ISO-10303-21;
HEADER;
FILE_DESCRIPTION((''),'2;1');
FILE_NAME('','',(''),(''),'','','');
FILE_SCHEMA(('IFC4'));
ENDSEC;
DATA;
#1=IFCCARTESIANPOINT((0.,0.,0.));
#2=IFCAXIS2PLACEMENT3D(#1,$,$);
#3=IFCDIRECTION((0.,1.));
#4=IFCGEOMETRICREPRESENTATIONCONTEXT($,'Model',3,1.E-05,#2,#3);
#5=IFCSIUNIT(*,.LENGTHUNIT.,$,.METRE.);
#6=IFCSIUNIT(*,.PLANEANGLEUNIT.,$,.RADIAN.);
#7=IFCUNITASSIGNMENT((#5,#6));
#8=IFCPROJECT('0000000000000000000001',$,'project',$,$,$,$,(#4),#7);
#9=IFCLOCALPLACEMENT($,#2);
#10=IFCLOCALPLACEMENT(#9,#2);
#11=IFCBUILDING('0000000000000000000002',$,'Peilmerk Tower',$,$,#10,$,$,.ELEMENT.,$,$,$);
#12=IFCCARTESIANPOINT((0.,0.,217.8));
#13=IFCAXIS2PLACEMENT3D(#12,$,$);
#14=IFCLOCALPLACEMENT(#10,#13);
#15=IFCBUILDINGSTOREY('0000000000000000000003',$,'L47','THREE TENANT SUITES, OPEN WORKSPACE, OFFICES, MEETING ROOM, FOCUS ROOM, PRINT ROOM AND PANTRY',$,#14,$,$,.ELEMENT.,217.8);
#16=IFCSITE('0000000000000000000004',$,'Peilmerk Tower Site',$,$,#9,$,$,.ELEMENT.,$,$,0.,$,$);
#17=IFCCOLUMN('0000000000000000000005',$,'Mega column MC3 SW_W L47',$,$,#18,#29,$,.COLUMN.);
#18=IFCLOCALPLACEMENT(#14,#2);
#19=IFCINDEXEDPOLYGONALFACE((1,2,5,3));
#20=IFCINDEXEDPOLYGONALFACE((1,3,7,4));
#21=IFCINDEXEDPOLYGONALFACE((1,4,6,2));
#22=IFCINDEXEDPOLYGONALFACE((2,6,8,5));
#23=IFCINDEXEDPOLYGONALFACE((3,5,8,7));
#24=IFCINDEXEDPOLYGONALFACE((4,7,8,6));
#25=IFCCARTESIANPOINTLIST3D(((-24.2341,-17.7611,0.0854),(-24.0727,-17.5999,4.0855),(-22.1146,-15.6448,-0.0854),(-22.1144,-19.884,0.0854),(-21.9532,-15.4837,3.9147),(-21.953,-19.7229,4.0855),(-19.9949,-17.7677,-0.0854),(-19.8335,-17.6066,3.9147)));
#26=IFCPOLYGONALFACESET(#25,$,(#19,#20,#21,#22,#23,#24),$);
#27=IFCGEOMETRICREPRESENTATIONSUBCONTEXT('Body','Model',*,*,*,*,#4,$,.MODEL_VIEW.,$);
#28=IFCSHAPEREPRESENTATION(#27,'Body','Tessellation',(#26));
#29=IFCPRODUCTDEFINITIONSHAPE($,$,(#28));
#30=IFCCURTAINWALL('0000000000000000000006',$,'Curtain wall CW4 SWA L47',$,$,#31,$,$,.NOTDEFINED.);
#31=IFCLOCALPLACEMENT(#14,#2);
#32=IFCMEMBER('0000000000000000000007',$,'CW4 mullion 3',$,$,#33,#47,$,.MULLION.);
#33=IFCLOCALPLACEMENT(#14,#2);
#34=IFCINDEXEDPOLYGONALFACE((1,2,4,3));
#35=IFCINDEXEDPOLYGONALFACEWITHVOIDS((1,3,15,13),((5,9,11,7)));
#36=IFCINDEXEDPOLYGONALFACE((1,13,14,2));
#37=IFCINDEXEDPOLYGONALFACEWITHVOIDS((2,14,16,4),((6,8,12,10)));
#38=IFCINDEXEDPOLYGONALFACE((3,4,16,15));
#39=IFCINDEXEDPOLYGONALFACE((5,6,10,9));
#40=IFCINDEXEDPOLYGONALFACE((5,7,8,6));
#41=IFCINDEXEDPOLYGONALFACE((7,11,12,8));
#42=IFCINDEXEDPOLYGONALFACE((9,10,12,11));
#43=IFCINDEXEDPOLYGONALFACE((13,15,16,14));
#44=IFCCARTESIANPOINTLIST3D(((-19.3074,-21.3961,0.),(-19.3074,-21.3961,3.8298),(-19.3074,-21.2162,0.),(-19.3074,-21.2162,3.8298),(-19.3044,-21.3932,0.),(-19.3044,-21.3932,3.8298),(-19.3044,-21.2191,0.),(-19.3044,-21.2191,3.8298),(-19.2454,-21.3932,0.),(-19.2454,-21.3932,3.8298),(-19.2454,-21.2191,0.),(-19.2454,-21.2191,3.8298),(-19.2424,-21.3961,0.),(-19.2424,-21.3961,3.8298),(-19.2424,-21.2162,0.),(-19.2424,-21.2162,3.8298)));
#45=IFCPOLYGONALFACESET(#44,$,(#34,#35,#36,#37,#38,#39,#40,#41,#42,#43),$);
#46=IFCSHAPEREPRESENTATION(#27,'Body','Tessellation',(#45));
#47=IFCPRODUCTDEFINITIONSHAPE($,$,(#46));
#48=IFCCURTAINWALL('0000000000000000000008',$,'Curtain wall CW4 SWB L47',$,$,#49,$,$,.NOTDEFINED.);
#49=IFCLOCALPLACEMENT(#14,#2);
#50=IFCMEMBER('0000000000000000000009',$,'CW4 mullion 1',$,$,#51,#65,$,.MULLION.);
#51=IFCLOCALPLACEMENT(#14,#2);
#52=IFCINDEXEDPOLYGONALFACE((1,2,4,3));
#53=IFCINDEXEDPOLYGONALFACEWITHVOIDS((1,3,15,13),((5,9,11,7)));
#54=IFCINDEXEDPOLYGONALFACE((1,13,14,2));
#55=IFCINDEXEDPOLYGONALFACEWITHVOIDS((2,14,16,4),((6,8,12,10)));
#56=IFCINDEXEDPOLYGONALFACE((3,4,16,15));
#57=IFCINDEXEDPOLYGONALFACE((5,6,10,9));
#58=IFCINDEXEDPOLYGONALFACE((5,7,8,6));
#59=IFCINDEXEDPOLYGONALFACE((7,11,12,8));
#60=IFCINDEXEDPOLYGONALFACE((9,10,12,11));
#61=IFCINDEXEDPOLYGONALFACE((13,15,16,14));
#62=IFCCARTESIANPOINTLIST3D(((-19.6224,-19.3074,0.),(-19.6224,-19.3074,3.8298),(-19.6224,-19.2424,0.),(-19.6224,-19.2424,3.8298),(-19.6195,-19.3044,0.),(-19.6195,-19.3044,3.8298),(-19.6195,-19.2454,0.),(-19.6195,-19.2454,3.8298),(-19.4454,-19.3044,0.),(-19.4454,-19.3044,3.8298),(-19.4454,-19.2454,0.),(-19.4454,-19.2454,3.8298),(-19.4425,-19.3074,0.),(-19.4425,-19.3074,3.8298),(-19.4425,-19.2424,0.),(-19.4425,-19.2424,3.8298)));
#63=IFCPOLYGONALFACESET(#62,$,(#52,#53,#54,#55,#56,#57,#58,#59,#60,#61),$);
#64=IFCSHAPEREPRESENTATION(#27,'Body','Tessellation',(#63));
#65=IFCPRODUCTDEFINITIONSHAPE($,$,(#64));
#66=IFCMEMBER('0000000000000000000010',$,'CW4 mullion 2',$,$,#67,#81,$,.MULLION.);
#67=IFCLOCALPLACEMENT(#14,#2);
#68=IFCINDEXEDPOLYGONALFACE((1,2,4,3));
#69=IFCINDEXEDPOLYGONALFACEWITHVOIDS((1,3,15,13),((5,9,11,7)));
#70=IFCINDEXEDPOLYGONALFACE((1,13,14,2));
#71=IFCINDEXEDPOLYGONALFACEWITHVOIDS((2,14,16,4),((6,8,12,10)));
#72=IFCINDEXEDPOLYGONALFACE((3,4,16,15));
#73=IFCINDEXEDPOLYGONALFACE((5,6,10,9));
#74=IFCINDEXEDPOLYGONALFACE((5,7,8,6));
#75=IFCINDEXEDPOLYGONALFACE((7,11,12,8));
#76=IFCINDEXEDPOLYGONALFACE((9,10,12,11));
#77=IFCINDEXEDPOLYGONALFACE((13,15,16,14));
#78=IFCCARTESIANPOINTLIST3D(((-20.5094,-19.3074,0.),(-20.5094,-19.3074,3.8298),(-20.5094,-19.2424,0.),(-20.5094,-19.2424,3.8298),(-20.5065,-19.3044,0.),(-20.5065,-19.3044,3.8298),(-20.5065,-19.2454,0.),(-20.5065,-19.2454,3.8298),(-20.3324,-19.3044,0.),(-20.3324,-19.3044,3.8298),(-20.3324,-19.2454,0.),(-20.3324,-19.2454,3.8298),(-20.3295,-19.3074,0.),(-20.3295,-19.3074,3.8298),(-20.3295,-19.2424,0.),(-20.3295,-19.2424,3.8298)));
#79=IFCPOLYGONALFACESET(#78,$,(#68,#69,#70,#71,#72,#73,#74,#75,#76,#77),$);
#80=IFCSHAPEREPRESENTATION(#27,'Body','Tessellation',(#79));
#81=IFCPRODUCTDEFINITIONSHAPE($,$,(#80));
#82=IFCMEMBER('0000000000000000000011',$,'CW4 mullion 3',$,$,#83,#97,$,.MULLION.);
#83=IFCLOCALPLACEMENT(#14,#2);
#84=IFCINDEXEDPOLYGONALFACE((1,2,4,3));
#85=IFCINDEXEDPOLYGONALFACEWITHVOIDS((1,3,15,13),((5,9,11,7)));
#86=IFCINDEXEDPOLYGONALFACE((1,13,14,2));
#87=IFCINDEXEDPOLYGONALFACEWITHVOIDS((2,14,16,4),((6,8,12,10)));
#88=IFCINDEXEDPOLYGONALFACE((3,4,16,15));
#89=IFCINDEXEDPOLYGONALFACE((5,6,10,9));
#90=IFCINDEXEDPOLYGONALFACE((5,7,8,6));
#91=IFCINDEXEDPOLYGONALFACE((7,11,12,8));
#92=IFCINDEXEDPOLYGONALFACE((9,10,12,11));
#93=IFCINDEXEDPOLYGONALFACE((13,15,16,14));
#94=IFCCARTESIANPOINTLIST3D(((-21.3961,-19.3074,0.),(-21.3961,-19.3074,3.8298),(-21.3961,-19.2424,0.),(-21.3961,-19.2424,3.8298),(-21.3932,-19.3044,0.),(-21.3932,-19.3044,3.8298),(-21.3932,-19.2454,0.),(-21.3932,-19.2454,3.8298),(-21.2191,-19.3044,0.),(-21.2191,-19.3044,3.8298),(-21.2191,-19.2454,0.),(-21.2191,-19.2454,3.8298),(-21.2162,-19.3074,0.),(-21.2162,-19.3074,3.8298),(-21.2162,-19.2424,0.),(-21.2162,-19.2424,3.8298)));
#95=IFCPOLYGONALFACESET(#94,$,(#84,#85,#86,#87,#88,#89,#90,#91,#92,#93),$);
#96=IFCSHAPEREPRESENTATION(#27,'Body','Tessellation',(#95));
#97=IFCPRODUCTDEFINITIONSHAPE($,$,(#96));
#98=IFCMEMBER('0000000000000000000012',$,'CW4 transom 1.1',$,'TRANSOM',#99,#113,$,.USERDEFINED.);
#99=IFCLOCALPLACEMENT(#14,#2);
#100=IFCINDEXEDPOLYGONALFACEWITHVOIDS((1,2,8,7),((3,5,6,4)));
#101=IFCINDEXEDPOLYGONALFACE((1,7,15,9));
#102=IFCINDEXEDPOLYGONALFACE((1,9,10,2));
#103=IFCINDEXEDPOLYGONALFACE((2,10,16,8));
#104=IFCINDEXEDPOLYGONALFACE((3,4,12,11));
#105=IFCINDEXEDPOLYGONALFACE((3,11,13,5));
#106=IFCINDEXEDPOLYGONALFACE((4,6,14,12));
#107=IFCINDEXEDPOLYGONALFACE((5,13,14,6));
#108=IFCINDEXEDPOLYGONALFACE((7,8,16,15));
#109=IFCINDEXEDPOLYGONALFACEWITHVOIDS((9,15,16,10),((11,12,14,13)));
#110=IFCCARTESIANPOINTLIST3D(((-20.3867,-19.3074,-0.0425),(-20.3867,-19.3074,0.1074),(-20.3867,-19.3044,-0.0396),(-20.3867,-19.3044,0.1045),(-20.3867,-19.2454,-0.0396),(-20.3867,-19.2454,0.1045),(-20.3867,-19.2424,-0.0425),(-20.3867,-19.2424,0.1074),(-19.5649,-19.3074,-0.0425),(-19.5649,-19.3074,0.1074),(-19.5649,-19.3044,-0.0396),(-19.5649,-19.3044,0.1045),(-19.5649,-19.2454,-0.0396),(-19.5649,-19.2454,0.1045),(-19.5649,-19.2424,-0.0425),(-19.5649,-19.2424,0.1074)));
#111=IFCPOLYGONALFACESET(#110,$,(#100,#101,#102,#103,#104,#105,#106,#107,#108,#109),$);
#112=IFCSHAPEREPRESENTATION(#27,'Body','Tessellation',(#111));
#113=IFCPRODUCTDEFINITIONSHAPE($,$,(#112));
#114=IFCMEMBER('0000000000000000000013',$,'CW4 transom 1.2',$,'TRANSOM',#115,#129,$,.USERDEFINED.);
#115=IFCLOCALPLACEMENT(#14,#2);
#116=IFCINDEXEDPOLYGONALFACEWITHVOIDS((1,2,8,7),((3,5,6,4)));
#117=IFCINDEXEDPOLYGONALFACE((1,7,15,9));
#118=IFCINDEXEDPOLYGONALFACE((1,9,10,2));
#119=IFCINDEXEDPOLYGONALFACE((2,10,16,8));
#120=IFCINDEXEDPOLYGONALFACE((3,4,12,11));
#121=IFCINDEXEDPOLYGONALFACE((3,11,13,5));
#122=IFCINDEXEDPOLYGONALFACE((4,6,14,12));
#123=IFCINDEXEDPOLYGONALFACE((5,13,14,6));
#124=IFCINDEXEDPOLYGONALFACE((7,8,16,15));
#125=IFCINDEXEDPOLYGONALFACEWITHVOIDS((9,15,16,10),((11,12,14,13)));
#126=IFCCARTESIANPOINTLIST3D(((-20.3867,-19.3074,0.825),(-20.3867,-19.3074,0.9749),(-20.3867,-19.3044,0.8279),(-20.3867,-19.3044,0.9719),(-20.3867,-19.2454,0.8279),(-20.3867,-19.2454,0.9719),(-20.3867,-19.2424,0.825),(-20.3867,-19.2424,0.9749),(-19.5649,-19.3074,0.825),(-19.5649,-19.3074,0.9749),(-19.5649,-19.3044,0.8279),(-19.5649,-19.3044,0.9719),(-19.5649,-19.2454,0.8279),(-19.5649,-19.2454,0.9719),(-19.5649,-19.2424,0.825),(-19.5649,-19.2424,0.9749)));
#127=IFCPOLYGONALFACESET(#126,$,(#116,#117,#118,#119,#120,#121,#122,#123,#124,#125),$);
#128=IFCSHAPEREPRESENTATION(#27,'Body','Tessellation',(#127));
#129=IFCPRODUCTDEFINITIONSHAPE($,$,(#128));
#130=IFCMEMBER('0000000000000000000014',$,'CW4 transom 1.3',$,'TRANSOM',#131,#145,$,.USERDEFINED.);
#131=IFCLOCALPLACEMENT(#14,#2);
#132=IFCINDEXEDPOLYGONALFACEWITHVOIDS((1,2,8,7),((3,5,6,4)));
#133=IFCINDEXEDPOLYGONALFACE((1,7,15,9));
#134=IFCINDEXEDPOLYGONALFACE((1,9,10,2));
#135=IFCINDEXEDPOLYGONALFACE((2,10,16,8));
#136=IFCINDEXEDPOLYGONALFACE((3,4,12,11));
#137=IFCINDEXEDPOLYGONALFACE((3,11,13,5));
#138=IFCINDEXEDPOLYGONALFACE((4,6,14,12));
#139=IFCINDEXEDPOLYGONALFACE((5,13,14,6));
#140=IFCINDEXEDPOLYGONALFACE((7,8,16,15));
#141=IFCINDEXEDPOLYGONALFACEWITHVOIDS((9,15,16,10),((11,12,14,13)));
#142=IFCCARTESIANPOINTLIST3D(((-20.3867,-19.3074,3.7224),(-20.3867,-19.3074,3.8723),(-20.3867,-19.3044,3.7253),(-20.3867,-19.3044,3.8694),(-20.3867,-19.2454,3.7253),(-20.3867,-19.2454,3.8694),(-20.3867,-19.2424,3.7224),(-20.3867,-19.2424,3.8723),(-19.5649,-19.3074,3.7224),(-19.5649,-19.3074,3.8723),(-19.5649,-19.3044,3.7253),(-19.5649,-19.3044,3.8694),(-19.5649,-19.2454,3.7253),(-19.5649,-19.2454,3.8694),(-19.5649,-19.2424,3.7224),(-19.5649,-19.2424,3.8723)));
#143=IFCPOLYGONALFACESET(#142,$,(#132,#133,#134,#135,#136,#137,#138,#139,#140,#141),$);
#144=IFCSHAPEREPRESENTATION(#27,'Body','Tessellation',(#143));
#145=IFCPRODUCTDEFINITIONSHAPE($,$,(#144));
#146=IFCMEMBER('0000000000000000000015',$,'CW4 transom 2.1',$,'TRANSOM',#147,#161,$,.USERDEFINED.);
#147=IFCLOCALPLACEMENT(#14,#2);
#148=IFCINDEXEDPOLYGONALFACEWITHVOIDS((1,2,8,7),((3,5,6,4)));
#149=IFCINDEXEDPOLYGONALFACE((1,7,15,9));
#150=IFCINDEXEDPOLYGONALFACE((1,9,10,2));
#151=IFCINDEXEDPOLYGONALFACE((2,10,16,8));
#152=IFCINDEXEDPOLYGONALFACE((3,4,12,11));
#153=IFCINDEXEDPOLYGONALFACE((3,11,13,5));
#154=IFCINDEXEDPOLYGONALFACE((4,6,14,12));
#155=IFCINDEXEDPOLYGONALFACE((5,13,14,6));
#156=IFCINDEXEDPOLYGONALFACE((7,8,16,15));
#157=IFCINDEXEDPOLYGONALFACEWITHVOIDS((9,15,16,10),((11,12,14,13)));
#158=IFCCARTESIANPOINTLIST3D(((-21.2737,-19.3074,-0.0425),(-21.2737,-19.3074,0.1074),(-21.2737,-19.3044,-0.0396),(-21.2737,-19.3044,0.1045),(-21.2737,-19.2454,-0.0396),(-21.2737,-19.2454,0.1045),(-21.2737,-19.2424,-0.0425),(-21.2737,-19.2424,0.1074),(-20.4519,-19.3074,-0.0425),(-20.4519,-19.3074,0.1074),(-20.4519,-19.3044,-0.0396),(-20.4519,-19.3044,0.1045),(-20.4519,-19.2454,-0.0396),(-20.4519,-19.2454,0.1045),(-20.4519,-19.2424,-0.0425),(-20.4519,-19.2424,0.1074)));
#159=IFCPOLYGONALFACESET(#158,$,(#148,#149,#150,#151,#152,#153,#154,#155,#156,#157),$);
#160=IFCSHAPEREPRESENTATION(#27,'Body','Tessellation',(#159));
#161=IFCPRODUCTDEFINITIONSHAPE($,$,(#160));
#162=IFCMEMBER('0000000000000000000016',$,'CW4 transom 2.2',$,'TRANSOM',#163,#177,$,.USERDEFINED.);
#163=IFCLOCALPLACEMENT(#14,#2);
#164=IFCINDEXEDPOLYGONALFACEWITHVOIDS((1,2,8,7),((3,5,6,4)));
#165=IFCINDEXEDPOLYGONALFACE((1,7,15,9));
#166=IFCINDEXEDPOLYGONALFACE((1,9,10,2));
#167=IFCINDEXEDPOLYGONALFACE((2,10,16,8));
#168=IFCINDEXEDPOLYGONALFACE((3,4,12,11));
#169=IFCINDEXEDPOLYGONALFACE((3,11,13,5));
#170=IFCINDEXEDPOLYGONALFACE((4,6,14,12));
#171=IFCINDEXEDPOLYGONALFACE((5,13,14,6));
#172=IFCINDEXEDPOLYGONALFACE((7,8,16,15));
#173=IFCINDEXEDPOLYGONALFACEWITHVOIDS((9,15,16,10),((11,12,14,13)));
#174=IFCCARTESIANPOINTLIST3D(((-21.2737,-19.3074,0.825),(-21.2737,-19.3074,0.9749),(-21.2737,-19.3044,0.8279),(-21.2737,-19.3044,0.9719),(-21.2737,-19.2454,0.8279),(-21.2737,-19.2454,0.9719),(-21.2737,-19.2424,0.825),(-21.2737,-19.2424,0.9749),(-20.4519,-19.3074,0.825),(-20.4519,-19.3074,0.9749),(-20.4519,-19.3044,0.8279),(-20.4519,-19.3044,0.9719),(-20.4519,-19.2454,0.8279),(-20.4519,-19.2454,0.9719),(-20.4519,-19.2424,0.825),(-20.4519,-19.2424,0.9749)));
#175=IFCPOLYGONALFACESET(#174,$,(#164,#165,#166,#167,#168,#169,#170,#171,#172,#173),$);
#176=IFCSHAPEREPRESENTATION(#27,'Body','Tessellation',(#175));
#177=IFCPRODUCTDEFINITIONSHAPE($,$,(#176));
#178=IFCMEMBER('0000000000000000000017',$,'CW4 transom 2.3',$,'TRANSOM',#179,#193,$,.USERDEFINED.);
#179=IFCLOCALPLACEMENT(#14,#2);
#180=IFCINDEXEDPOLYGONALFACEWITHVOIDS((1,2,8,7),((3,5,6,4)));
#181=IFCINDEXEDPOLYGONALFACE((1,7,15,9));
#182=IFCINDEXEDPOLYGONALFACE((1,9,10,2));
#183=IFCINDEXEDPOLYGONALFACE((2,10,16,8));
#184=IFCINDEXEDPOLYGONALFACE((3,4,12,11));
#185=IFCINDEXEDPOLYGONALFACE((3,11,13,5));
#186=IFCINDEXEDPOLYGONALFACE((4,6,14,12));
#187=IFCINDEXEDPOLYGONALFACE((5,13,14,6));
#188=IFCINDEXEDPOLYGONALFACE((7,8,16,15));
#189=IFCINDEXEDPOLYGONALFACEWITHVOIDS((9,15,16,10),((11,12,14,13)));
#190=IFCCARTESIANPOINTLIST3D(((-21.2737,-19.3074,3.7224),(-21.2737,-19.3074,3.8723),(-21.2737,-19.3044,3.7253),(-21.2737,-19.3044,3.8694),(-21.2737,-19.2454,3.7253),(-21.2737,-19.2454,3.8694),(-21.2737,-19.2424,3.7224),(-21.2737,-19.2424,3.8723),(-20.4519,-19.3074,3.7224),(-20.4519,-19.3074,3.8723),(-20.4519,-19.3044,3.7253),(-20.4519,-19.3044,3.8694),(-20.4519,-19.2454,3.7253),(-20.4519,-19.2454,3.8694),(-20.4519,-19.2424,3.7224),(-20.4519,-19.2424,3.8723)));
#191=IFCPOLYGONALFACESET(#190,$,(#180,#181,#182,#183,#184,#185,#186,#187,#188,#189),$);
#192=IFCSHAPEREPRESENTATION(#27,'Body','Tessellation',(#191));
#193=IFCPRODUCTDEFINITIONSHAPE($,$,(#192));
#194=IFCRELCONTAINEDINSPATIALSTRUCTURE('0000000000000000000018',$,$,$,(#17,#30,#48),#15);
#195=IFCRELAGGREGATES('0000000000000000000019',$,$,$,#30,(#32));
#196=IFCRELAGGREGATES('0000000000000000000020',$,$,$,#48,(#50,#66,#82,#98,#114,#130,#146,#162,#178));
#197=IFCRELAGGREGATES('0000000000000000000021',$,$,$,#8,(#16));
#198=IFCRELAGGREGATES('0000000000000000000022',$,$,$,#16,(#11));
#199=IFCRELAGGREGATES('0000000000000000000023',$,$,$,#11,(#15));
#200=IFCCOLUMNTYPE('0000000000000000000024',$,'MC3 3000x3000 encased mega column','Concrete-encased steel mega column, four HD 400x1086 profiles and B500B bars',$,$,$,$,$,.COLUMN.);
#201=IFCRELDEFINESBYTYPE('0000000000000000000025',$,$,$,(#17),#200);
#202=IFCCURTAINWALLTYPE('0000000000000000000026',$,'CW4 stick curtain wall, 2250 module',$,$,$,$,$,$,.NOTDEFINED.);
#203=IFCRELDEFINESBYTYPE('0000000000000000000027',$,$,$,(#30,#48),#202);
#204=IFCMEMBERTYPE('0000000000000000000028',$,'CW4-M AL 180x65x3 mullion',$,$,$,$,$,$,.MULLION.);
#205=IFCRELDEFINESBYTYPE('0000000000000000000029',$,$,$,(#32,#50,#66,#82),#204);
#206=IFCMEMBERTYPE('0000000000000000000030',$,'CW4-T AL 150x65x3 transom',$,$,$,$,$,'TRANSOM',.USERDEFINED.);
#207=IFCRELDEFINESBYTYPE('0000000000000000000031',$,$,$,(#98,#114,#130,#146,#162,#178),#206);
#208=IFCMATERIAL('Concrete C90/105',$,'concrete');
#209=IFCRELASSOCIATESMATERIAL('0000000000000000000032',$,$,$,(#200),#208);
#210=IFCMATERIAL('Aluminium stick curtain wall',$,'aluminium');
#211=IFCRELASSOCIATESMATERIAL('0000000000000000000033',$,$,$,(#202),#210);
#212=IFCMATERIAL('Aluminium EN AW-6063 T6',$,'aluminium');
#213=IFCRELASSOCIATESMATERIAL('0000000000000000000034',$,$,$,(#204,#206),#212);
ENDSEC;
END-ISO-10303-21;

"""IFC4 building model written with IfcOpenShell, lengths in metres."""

from ifc_helpers import new_model, si_unit, direction, frame, origin, origin_2d, place, context, subcontext, project, spatial, rectangle, hollow_rectangle, extrude, material, material_profile, profile_set, type_object, element, aggregate, save


model = new_model("IFC4")

# Units and contexts
model_context = context("Model", 3, precision=1e-05, world=origin(), true_north=direction((0.0, 1.0)))
body_context = subcontext(model_context, "Body", "Model", "MODEL_VIEW")
ifc_project = project(units=[si_unit("LENGTHUNIT", "METRE"), si_unit("PLANEANGLEUNIT", "RADIAN")], contexts=[model_context])

# Site, building, storey
site_placement = place(None, origin())
site = spatial("IfcSite", under=ifc_project, at=site_placement, Name="Peilmerk Tower Site", CompositionType="ELEMENT", RefElevation=0.0)
building_placement = place(site_placement, origin())
building = spatial("IfcBuilding", under=site, at=building_placement, Name="Peilmerk Tower", CompositionType="ELEMENT")
storey_placement = place(building_placement, frame((0.0, 0.0, 217.8)))
storey = spatial("IfcBuildingStorey", under=building, at=storey_placement, Name="L47", Description="THREE TENANT SUITES, OPEN WORKSPACE, OFFICES, MEETING ROOM, FOCUS ROOM, PRINT ROOM AND PANTRY", CompositionType="ELEMENT", Elevation=217.8)

# Column
ifc_material_1 = material(Name="Concrete C90/105", Category="concrete")
ifc_material_profile_1 = material_profile(ifc_material_1, rectangle(XDim=3.0, YDim=3.0, at=origin_2d()), Name="RC 3000x3000")
ifc_profile_set_1 = profile_set([ifc_material_profile_1], Name="Concrete C90/105")
column_type = type_object("IfcColumnType", Name="MC3 3000x3000 encased mega column", Description="Concrete-encased steel mega column, four HD 400x1086 profiles and B500B bars", PredefinedType="COLUMN", material=ifc_profile_set_1)
column_placement = place(storey_placement, frame((-22.1145, -17.7644, 0.0), z_axis=(0.040279, 0.040218, 0.998379), x_axis=(-0.706571, 0.707642, 0.0)))
element("IfcColumn", 1, at=column_placement, inside=storey, type_object=column_type, Name="Mega column MC3 SW_W L47", PredefinedType="COLUMN", context=body_context, shape_type="SweptSolid", body=[
    extrude(rectangle(XDim=3.0, YDim=3.0, at=origin_2d()), origin(), (0.0, 0.0, 1.0), 4.0066),
])

# Curtain wall, member
ifc_material_2 = material(Name="Aluminium stick curtain wall", Category="aluminium")
curtain_wall_type = type_object("IfcCurtainWallType", Name="CW4 stick curtain wall, 2250 module", PredefinedType="NOTDEFINED", material=ifc_material_2)
curtain_wall_1_placement = place(storey_placement, origin())
curtain_wall_1 = element("IfcCurtainWall", 2, at=curtain_wall_1_placement, inside=storey, type_object=curtain_wall_type, Name="Curtain wall CW4 SWA L47", PredefinedType="NOTDEFINED")
ifc_material_3 = material(Name="Aluminium EN AW-6063 T6", Category="aluminium")
ifc_material_profile_2 = material_profile(ifc_material_3, hollow_rectangle(XDim=0.0649, YDim=0.1799, WallThickness=0.0029, at=origin_2d()), Name="AL 180x65x3")
ifc_profile_set_2 = profile_set([ifc_material_profile_2], Name="Aluminium EN AW-6063 T6")
member_type_1 = type_object("IfcMemberType", Name="CW4-M AL 180x65x3 mullion", PredefinedType="MULLION", material=ifc_profile_set_2)
member_1_placement = place(storey_placement, frame((-19.2749, -21.3062, 0.0), z_axis=(0.0, 0.0, 1.0), x_axis=(1.0, 0.0, 0.0)))
member_1 = element("IfcMember", 3, at=member_1_placement, type_object=member_type_1, Name="CW4 mullion 3", PredefinedType="MULLION", context=body_context, shape_type="SweptSolid", body=[
    extrude(hollow_rectangle(XDim=0.0649, YDim=0.1799, WallThickness=0.0029, at=origin_2d()), origin(), (0.0, 0.0, 1.0), 3.8298),
])

# Curtain wall, members
curtain_wall_2_placement = place(storey_placement, origin())
curtain_wall_2 = element("IfcCurtainWall", 4, at=curtain_wall_2_placement, inside=storey, type_object=curtain_wall_type, Name="Curtain wall CW4 SWB L47", PredefinedType="NOTDEFINED")
member_2_placement = place(storey_placement, frame((-19.5325, -19.2749, 0.0), z_axis=(0.0, 0.0, 1.0), x_axis=(0.0, -1.0, 0.0)))
member_2 = element("IfcMember", 5, at=member_2_placement, type_object=member_type_1, Name="CW4 mullion 1", PredefinedType="MULLION", context=body_context, shape_type="SweptSolid", body=[
    extrude(hollow_rectangle(XDim=0.0649, YDim=0.1799, WallThickness=0.0029, at=origin_2d()), origin(), (0.0, 0.0, 1.0), 3.8298),
])
member_3_placement = place(storey_placement, frame((-20.4194, -19.2749, 0.0), z_axis=(0.0, 0.0, 1.0), x_axis=(0.0, -1.0, 0.0)))
member_3 = element("IfcMember", 6, at=member_3_placement, type_object=member_type_1, Name="CW4 mullion 2", PredefinedType="MULLION", context=body_context, shape_type="SweptSolid", body=[
    extrude(hollow_rectangle(XDim=0.0649, YDim=0.1799, WallThickness=0.0029, at=origin_2d()), origin(), (0.0, 0.0, 1.0), 3.8298),
])
member_4_placement = place(storey_placement, frame((-21.3062, -19.2749, 0.0), z_axis=(0.0, 0.0, 1.0), x_axis=(0.0, -1.0, 0.0)))
member_4 = element("IfcMember", 7, at=member_4_placement, type_object=member_type_1, Name="CW4 mullion 3", PredefinedType="MULLION", context=body_context, shape_type="SweptSolid", body=[
    extrude(hollow_rectangle(XDim=0.0649, YDim=0.1799, WallThickness=0.0029, at=origin_2d()), origin(), (0.0, 0.0, 1.0), 3.8298),
])
ifc_material_profile_3 = material_profile(ifc_material_3, hollow_rectangle(XDim=0.0649, YDim=0.1499, WallThickness=0.0029, at=origin_2d()), Name="AL 150x65x3")
ifc_profile_set_3 = profile_set([ifc_material_profile_3], Name="Aluminium EN AW-6063 T6")
member_type_2 = type_object("IfcMemberType", Name="CW4-T AL 150x65x3 transom", ElementType="TRANSOM", PredefinedType="USERDEFINED", material=ifc_profile_set_3)
member_5_placement = place(storey_placement, frame((-19.5649, -19.2749, 0.0325), z_axis=(-1.0, 0.0, 0.0), x_axis=(0.0, -1.0, 0.0)))
member_5 = element("IfcMember", 8, at=member_5_placement, type_object=member_type_2, Name="CW4 transom 1.1", ObjectType="TRANSOM", PredefinedType="USERDEFINED", context=body_context, shape_type="SweptSolid", body=[
    extrude(hollow_rectangle(XDim=0.0649, YDim=0.1499, WallThickness=0.0029, at=origin_2d()), origin(), (0.0, 0.0, 1.0), 0.8218),
])
member_6_placement = place(storey_placement, frame((-19.5649, -19.2749, 0.8999), z_axis=(-1.0, 0.0, 0.0), x_axis=(0.0, -1.0, 0.0)))
member_6 = element("IfcMember", 9, at=member_6_placement, type_object=member_type_2, Name="CW4 transom 1.2", ObjectType="TRANSOM", PredefinedType="USERDEFINED", context=body_context, shape_type="SweptSolid", body=[
    extrude(hollow_rectangle(XDim=0.0649, YDim=0.1499, WallThickness=0.0029, at=origin_2d()), origin(), (0.0, 0.0, 1.0), 0.8218),
])
member_7_placement = place(storey_placement, frame((-19.5649, -19.2749, 3.7974), z_axis=(-1.0, 0.0, 0.0), x_axis=(0.0, -1.0, 0.0)))
member_7 = element("IfcMember", 10, at=member_7_placement, type_object=member_type_2, Name="CW4 transom 1.3", ObjectType="TRANSOM", PredefinedType="USERDEFINED", context=body_context, shape_type="SweptSolid", body=[
    extrude(hollow_rectangle(XDim=0.0649, YDim=0.1499, WallThickness=0.0029, at=origin_2d()), origin(), (0.0, 0.0, 1.0), 0.8218),
])
member_8_placement = place(storey_placement, frame((-20.4519, -19.2749, 0.0325), z_axis=(-1.0, 0.0, 0.0), x_axis=(0.0, -1.0, 0.0)))
member_8 = element("IfcMember", 11, at=member_8_placement, type_object=member_type_2, Name="CW4 transom 2.1", ObjectType="TRANSOM", PredefinedType="USERDEFINED", context=body_context, shape_type="SweptSolid", body=[
    extrude(hollow_rectangle(XDim=0.0649, YDim=0.1499, WallThickness=0.0029, at=origin_2d()), origin(), (0.0, 0.0, 1.0), 0.8218),
])
member_9_placement = place(storey_placement, frame((-20.4519, -19.2749, 0.8999), z_axis=(-1.0, 0.0, 0.0), x_axis=(0.0, -1.0, 0.0)))
member_9 = element("IfcMember", 12, at=member_9_placement, type_object=member_type_2, Name="CW4 transom 2.2", ObjectType="TRANSOM", PredefinedType="USERDEFINED", context=body_context, shape_type="SweptSolid", body=[
    extrude(hollow_rectangle(XDim=0.0649, YDim=0.1499, WallThickness=0.0029, at=origin_2d()), origin(), (0.0, 0.0, 1.0), 0.8218),
])
member_10_placement = place(storey_placement, frame((-20.4519, -19.2749, 3.7974), z_axis=(-1.0, 0.0, 0.0), x_axis=(0.0, -1.0, 0.0)))
member_10 = element("IfcMember", 13, at=member_10_placement, type_object=member_type_2, Name="CW4 transom 2.3", ObjectType="TRANSOM", PredefinedType="USERDEFINED", context=body_context, shape_type="SweptSolid", body=[
    extrude(hollow_rectangle(XDim=0.0649, YDim=0.1499, WallThickness=0.0029, at=origin_2d()), origin(), (0.0, 0.0, 1.0), 0.8218),
])

aggregate(curtain_wall_1, [member_1])
aggregate(curtain_wall_2, [member_2, member_3, member_4, member_5, member_6, member_7, member_8, member_9, member_10])

save(model, "model.ifc")
